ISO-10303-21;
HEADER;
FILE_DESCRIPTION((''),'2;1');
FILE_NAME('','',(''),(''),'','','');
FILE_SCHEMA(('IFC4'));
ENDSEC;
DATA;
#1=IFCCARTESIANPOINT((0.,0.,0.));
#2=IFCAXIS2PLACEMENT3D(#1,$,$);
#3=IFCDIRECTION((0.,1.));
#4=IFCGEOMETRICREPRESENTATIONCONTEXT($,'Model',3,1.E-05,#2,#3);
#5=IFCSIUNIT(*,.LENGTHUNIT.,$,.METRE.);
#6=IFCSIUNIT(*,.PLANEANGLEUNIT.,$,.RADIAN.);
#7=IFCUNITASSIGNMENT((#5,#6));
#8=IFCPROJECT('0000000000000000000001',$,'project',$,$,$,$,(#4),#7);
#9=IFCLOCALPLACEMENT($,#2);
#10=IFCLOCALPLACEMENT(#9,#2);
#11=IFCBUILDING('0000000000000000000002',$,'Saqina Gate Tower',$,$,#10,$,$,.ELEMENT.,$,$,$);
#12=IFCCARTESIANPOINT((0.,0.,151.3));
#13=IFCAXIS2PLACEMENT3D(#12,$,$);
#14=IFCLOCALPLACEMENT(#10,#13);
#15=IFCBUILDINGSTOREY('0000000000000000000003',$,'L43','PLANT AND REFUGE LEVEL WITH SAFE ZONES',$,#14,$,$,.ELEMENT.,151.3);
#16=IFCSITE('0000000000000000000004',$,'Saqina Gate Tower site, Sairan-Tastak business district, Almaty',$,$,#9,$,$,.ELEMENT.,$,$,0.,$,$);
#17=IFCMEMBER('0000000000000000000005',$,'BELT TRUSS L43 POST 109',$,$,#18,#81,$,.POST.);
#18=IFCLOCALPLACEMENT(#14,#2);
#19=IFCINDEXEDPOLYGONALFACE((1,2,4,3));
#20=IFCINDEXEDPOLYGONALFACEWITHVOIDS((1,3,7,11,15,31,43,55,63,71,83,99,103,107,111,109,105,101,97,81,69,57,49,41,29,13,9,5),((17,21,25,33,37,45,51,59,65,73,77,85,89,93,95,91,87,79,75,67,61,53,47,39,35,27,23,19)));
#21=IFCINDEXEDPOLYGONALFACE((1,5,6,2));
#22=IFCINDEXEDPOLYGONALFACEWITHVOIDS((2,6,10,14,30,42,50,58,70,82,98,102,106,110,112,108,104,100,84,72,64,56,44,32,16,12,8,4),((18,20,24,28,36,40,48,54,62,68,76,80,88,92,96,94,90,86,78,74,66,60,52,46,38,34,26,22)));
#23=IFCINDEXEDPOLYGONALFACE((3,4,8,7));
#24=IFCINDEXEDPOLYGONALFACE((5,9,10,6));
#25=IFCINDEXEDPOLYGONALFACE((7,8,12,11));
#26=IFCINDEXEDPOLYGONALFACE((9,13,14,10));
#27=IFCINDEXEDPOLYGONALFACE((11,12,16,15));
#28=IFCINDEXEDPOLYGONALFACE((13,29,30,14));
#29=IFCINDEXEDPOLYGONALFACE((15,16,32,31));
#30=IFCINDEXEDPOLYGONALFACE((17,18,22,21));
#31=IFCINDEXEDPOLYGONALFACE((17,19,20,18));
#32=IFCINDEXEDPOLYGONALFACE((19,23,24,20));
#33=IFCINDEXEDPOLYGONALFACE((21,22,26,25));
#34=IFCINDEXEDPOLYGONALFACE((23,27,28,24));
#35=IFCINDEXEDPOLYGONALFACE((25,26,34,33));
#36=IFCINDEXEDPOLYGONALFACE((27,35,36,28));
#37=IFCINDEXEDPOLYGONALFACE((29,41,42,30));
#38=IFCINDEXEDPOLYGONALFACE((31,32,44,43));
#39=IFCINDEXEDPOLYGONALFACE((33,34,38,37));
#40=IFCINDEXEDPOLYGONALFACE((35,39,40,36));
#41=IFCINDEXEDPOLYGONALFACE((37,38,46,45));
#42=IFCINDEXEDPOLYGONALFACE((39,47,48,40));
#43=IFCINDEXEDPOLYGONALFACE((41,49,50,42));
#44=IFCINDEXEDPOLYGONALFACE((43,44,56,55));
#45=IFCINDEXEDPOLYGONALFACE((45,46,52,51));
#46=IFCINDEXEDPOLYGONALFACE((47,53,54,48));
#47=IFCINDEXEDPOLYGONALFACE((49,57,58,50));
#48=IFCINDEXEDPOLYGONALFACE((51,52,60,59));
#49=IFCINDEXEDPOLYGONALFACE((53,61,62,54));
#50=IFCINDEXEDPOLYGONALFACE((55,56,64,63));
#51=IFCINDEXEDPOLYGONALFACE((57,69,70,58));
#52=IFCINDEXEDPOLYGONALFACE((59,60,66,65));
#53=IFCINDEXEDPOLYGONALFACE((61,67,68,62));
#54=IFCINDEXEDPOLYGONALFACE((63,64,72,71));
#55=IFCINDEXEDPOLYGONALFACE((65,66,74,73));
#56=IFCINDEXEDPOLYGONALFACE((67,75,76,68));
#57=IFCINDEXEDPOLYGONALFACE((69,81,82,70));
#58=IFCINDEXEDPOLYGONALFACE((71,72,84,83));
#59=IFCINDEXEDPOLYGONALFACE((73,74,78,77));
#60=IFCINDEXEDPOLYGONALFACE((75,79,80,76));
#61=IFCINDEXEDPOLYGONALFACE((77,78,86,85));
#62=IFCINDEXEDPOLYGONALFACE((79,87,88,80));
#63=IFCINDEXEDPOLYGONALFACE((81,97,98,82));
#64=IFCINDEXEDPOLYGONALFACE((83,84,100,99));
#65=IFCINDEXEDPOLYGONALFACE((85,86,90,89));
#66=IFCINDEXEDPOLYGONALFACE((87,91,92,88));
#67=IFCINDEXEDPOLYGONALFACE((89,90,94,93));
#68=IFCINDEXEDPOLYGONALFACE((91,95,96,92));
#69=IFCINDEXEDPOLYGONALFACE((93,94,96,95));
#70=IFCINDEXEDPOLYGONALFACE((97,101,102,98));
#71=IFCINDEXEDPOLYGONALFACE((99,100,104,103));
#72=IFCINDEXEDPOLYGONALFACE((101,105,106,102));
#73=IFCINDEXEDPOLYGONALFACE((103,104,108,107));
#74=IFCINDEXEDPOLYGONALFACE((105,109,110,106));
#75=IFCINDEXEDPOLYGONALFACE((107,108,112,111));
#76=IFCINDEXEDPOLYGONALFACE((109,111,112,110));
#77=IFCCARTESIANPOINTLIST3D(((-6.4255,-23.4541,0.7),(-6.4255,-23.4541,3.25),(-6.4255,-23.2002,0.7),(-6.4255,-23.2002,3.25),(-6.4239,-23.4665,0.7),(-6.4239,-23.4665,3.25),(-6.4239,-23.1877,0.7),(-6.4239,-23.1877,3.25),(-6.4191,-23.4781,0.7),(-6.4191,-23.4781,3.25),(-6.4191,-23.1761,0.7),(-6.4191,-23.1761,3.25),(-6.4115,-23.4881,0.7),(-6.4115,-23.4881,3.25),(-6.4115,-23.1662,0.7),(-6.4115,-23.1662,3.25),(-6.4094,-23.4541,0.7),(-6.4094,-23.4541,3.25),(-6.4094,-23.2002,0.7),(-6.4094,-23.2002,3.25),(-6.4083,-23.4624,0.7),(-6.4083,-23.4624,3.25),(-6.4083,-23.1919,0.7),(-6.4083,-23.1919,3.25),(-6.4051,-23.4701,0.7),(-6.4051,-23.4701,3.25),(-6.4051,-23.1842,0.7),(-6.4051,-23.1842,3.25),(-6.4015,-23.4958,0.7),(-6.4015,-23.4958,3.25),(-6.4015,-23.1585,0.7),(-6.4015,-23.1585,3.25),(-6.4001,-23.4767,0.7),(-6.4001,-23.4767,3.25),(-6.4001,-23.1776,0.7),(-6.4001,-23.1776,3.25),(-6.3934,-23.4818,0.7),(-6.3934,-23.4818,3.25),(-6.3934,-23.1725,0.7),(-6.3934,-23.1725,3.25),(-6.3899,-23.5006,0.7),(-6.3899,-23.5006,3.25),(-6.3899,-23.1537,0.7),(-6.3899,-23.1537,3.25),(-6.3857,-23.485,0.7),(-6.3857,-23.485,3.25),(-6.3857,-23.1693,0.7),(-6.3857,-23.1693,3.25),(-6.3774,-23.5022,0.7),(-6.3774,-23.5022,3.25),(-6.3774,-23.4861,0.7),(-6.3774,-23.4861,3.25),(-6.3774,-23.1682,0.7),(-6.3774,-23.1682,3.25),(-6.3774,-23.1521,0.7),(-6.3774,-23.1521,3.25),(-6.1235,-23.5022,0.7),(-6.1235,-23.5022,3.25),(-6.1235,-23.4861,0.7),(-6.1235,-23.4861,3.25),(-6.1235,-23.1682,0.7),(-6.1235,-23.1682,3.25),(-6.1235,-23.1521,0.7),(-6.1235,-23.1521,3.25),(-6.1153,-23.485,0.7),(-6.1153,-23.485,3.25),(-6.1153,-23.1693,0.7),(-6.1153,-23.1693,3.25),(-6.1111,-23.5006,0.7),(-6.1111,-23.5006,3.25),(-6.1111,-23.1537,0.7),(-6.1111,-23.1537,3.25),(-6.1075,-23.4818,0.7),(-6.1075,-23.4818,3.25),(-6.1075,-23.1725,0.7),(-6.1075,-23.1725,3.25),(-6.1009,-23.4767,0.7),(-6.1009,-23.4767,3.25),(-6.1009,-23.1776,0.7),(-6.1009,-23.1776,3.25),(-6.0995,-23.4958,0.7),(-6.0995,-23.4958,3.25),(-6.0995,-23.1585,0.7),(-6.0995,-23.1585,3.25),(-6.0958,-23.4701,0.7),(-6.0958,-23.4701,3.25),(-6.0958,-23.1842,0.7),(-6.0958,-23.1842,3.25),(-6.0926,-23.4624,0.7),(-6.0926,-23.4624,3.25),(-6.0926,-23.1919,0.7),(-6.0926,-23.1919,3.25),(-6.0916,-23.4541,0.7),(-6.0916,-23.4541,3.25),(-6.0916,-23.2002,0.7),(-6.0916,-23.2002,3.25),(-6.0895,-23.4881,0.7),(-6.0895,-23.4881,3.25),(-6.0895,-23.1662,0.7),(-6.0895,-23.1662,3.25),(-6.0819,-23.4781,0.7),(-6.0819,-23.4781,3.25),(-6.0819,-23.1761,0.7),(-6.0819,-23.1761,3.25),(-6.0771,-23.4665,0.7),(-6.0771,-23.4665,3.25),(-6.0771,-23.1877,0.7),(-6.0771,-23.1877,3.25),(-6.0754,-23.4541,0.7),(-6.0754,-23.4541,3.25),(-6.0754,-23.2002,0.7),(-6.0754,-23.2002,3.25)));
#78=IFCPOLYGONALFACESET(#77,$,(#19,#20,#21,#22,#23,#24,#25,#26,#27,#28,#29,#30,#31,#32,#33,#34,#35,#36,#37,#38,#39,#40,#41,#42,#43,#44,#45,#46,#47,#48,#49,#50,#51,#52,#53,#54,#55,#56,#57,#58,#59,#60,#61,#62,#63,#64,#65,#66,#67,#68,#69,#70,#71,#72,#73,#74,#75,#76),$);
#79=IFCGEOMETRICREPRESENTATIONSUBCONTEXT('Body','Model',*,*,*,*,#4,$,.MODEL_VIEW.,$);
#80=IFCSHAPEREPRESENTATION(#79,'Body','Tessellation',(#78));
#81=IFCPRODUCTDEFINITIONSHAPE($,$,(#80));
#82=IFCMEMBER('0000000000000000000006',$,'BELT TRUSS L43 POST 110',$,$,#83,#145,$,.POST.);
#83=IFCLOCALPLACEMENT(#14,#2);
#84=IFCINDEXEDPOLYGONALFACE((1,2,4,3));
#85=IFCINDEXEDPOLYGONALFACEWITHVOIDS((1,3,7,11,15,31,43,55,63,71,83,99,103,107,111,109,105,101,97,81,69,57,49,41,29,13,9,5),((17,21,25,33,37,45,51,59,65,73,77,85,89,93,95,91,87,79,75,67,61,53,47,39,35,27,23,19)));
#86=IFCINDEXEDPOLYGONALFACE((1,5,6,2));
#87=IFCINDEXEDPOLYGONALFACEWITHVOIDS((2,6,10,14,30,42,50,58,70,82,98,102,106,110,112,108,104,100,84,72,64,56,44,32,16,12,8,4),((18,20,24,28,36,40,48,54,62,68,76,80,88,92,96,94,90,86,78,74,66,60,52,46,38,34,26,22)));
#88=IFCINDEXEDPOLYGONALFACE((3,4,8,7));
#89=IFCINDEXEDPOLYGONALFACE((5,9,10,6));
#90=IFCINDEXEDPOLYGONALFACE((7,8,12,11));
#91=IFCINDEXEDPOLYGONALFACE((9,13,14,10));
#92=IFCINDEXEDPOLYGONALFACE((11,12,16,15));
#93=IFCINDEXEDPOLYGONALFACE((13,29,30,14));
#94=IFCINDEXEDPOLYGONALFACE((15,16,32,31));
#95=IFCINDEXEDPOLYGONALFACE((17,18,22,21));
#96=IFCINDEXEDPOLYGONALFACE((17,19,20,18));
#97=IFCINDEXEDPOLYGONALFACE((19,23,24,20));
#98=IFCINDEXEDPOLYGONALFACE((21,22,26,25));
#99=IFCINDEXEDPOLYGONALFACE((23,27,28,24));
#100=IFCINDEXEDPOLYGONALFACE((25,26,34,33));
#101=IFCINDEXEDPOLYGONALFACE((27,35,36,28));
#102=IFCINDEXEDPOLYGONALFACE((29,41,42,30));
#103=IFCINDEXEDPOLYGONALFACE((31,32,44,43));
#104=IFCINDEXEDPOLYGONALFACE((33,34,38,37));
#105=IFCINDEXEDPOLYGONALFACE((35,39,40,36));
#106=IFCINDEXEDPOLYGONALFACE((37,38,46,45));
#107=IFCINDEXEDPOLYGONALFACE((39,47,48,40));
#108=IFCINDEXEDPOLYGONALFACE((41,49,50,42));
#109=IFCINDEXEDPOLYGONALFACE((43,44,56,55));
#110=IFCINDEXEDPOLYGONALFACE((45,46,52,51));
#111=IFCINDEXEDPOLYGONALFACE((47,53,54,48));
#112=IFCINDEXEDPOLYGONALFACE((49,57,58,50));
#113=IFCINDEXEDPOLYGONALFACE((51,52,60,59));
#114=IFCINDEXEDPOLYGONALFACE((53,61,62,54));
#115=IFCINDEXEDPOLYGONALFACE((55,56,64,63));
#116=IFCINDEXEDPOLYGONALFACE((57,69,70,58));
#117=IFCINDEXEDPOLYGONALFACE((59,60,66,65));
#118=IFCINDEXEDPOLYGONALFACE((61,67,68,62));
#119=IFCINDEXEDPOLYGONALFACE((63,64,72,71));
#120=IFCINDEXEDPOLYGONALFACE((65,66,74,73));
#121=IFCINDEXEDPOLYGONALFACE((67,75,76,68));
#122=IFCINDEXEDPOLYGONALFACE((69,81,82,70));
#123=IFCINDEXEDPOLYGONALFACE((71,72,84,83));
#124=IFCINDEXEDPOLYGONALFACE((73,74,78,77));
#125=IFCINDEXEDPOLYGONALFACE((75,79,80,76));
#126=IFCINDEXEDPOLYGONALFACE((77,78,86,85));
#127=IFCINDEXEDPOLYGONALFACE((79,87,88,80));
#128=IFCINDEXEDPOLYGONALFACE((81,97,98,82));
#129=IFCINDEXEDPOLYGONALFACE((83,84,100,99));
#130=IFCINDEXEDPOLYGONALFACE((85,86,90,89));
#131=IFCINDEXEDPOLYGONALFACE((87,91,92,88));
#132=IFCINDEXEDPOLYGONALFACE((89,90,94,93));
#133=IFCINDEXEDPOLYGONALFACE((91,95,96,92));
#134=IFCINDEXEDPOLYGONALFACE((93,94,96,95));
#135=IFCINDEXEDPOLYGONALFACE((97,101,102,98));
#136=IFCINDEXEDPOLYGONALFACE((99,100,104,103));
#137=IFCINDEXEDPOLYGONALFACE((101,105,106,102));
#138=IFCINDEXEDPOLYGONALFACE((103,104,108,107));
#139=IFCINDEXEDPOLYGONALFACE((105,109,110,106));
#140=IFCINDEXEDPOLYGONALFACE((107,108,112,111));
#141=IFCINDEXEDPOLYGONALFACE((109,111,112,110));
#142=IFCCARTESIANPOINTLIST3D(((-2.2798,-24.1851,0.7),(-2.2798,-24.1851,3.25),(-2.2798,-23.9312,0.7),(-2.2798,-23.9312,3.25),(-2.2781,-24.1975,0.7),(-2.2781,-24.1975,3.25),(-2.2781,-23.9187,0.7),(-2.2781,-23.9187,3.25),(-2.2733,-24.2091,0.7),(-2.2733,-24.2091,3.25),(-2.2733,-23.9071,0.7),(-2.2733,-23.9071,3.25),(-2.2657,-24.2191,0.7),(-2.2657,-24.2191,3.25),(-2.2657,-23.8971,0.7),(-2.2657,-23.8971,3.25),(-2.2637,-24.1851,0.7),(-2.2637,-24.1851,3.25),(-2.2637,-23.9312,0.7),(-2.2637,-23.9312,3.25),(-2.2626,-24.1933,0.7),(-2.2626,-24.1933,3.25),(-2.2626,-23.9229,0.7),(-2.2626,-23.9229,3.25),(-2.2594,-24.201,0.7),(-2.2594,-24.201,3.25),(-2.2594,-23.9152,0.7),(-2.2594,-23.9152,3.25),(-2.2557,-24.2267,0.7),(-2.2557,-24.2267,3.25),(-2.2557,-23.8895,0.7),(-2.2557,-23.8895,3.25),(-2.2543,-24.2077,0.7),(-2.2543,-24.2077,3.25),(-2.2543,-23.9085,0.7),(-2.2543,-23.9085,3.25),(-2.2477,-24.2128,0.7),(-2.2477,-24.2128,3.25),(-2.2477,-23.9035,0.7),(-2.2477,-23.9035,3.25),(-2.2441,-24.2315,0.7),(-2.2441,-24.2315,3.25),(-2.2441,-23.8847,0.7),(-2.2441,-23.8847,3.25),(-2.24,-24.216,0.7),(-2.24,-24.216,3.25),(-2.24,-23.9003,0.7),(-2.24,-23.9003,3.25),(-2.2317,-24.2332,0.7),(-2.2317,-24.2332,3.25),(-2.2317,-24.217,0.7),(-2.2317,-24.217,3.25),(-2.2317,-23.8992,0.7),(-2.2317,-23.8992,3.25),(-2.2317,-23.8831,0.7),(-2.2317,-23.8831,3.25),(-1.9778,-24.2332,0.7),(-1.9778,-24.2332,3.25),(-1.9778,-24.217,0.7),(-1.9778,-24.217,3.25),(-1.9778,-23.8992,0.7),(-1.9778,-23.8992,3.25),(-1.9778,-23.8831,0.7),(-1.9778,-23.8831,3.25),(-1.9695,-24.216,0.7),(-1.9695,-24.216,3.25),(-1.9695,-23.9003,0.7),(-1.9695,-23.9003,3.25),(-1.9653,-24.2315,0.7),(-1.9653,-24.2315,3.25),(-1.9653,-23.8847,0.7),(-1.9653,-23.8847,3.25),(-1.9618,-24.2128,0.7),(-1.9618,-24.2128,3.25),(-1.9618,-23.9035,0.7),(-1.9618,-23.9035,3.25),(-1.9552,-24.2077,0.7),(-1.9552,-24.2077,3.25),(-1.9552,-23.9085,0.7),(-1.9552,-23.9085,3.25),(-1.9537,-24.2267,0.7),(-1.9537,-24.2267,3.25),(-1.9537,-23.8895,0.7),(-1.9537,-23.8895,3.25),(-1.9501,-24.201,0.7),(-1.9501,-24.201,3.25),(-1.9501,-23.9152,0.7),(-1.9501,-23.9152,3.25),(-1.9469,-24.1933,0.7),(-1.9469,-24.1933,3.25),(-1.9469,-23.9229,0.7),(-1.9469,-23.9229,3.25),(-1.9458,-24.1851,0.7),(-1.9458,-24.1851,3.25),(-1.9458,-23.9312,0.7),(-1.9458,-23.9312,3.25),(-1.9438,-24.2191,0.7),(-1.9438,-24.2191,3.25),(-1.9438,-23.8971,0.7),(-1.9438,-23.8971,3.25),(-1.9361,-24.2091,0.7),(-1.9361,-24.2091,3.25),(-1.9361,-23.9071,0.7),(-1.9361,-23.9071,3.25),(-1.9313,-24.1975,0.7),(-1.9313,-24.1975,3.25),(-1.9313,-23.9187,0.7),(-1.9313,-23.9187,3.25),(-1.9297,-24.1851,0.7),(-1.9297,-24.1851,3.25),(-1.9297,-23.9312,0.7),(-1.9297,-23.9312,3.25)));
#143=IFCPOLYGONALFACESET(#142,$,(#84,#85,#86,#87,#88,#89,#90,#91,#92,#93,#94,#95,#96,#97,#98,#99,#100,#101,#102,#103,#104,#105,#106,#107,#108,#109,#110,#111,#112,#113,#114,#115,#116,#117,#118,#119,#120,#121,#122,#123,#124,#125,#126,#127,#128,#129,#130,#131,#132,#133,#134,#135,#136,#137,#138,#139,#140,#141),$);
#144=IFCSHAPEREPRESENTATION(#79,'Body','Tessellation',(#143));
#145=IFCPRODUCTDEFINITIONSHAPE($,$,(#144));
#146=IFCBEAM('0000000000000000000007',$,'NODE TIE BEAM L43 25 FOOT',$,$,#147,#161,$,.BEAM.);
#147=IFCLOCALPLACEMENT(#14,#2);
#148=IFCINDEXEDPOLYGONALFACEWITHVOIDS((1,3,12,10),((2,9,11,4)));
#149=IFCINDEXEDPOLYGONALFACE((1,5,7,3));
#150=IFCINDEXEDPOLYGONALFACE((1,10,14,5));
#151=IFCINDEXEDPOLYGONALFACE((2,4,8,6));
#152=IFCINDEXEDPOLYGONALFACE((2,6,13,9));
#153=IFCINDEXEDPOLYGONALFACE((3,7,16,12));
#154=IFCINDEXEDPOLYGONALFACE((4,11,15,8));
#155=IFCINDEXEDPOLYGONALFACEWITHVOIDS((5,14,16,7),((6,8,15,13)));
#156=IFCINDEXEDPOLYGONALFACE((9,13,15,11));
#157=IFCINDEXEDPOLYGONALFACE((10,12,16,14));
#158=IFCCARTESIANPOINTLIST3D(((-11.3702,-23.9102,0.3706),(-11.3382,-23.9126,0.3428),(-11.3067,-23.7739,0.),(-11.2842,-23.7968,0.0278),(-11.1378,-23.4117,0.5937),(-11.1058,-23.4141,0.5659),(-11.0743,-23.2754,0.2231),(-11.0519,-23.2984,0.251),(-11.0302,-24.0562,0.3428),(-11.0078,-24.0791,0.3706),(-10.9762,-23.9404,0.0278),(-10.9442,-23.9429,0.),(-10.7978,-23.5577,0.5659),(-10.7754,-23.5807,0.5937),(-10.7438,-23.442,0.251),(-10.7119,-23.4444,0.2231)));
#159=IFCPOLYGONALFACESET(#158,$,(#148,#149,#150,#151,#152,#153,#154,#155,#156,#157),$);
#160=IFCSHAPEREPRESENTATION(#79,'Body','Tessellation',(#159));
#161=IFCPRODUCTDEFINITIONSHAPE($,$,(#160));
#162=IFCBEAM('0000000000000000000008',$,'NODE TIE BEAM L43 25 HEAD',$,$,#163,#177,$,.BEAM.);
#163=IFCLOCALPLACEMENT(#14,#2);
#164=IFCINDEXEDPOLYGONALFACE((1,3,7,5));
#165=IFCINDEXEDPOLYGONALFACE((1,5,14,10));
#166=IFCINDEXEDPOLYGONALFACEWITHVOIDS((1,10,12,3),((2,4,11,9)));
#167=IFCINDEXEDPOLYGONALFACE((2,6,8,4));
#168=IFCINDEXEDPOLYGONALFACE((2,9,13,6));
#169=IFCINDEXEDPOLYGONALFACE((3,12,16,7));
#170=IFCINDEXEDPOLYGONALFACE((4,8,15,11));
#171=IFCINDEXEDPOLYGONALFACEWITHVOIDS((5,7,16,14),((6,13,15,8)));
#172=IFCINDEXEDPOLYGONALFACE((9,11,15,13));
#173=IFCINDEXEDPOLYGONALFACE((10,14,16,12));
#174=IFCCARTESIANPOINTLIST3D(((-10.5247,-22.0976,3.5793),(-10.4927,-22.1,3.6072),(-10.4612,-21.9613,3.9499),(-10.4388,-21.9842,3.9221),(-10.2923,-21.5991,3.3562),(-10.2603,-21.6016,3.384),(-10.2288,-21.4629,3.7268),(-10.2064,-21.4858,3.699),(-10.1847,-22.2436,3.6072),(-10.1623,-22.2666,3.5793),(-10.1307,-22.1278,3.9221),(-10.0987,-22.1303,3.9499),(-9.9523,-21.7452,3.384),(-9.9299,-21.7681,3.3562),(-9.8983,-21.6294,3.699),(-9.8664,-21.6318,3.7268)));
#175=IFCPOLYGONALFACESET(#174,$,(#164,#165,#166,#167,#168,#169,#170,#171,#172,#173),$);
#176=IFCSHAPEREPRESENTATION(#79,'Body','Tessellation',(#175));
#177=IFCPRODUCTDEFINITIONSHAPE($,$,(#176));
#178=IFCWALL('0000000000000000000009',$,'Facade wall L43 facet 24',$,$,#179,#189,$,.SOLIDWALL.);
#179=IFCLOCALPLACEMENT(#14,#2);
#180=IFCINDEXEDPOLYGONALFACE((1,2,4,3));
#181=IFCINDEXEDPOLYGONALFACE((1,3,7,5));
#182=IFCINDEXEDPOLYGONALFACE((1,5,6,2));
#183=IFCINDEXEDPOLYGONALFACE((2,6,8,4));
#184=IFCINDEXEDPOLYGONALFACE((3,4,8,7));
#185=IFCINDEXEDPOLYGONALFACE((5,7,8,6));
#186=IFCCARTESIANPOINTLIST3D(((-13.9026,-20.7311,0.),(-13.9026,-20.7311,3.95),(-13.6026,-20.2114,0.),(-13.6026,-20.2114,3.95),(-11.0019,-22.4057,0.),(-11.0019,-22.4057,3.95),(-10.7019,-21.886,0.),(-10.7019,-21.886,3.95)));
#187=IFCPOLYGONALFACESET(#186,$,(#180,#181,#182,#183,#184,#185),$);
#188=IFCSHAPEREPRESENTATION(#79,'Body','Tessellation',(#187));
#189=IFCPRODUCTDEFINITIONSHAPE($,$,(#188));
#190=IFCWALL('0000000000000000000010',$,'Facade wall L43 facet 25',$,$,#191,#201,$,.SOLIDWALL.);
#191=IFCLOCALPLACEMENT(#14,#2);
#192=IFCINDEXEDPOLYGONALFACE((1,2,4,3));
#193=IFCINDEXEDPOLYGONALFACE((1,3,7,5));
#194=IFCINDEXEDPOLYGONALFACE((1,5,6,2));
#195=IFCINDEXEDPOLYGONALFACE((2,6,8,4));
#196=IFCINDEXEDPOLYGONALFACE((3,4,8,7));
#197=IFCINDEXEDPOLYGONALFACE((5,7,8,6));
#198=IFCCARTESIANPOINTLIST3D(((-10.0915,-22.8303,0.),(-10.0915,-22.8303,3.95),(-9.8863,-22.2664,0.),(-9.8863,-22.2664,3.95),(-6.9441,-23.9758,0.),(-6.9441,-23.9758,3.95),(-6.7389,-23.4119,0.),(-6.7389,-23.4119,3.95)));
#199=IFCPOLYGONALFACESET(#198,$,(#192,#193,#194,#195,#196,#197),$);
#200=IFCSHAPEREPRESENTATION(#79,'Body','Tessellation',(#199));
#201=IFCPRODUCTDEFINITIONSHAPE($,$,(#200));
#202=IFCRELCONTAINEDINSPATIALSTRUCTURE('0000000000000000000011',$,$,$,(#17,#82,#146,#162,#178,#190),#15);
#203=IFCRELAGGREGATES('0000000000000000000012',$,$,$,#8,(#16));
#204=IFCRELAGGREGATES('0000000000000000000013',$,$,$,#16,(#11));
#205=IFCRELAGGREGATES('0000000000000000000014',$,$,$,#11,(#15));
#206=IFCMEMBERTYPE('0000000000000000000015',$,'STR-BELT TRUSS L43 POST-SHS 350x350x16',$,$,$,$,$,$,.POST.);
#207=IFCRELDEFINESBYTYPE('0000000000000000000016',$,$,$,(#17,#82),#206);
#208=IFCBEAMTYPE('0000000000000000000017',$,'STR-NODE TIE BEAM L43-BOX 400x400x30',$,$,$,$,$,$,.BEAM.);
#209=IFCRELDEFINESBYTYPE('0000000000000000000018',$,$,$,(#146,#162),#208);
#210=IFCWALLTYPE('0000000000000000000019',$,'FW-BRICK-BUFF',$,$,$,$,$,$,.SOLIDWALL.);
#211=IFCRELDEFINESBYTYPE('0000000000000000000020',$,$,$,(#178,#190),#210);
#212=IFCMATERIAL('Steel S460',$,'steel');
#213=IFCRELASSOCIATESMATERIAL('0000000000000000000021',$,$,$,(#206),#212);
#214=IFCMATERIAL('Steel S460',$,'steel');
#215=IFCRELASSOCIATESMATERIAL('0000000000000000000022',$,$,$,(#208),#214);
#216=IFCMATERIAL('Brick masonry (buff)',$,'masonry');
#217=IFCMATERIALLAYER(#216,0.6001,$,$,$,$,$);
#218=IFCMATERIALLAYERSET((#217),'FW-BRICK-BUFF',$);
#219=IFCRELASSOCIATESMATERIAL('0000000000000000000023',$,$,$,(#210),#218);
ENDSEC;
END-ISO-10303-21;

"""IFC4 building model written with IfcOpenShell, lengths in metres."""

from ifc_helpers import new_model, si_unit, direction, frame, frame_2d, origin, origin_2d, place, context, subcontext, project, spatial, rectangle, hollow_rectangle, extrude, material, layer, layer_set, material_profile, profile_set, type_object, element, save


model = new_model("IFC4")

# Units and contexts
model_context = context("Model", 3, precision=1e-05, world=origin(), true_north=direction((0.0, 1.0)))
body_context = subcontext(model_context, "Body", "Model", "MODEL_VIEW")
ifc_project = project(units=[si_unit("LENGTHUNIT", "METRE"), si_unit("PLANEANGLEUNIT", "RADIAN")], contexts=[model_context])

# Site, building, storey
site_placement = place(None, origin())
site = spatial("IfcSite", under=ifc_project, at=site_placement, Name="Saqina Gate Tower site, Sairan-Tastak business district, Almaty", CompositionType="ELEMENT", RefElevation=0.0)
building_placement = place(site_placement, origin())
building = spatial("IfcBuilding", under=site, at=building_placement, Name="Saqina Gate Tower", CompositionType="ELEMENT")
storey_placement = place(building_placement, frame((0.0, 0.0, 151.3)))
storey = spatial("IfcBuildingStorey", under=building, at=storey_placement, Name="L43", Description="PLANT AND REFUGE LEVEL WITH SAFE ZONES", CompositionType="ELEMENT", Elevation=151.3)

# Members
ifc_material_1 = material(Name="Steel S460", Category="steel")
ifc_material_profile_1 = material_profile(ifc_material_1, hollow_rectangle(XDim=0.3501, YDim=0.3501, WallThickness=0.0161, InnerFilletRadius=0.032, OuterFilletRadius=0.0481, at=origin_2d()), Name="SHS 350x350x16")
ifc_profile_set_1 = profile_set([ifc_material_profile_1], Name="Steel S460")
member_type_1 = type_object("IfcMemberType", Name="STR-BELT TRUSS L43 POST-SHS 350x350x16", PredefinedType="POST", material=ifc_profile_set_1)
for number, where, z_axis, x_axis, name in (
    (1, (-6.2505, -23.3271, 0.7), (0.0, 0.0, 1.0), (1.0, 0.0, 0.0), "BELT TRUSS L43 POST 109"),
    (2, (-2.1047, -24.0581, 0.7), (0.0, 0.0, 1.0), (1.0, 0.0, 0.0), "BELT TRUSS L43 POST 110"),
):
    element("IfcMember", number, at=place(storey_placement, frame(where, z_axis=z_axis, x_axis=x_axis)), inside=storey, type_object=member_type_1, Name=name, PredefinedType="POST", context=body_context, shape_type="SweptSolid", body=[
        extrude(hollow_rectangle(XDim=0.3501, YDim=0.3501, WallThickness=0.0161, InnerFilletRadius=0.032, OuterFilletRadius=0.0481, at=origin_2d()), origin(), (0.0, 0.0, 1.0), 2.55),
    ])

# Beams
ifc_material_2 = material(Name="Steel S460", Category="steel")
ifc_material_profile_2 = material_profile(ifc_material_2, hollow_rectangle(XDim=0.3999, YDim=0.3999, WallThickness=0.03, at=origin_2d()), Name="BOX 400x400x30")
ifc_profile_set_2 = profile_set([ifc_material_profile_2], Name="Steel S460")
beam_type = type_object("IfcBeamType", Name="STR-NODE TIE BEAM L43-BOX 400x400x30", PredefinedType="BEAM", material=ifc_profile_set_2)
for number, where, z_axis, x_axis, name in (
    (3, (-11.1572, -23.9265, 0.1853), (0.391552, 0.839863, 0.375923), (-0.906342, 0.422545, 0.0), "NODE TIE BEAM L43 25 FOOT"),
    (4, (-10.0793, -21.6155, 3.5415), (-0.391552, -0.839863, 0.375923), (0.906342, -0.422545, 0.0), "NODE TIE BEAM L43 25 HEAD"),
):
    element("IfcBeam", number, at=place(storey_placement, frame(where, z_axis=z_axis, x_axis=x_axis)), inside=storey, type_object=beam_type, Name=name, PredefinedType="BEAM", context=body_context, shape_type="SweptSolid", body=[
        extrude(hollow_rectangle(XDim=0.3999, YDim=0.3999, WallThickness=0.03, at=origin_2d()), origin(), (0.0, 0.0, 1.0), 0.5935),
    ])

# Walls
ifc_material_3 = material(Name="Brick masonry (buff)", Category="masonry")
ifc_layer_1 = layer(ifc_material_3, 0.6001)
ifc_layer_set_1 = layer_set([ifc_layer_1], Name="FW-BRICK-BUFF")
wall_type_1 = type_object("IfcWallType", Name="FW-BRICK-BUFF", PredefinedType="SOLIDWALL", material=ifc_layer_set_1)
for number, where, z_axis, x_axis, name in (
    (5, (-13.7527, -20.4712, 0.0), (0.0, 0.0, 1.0), (0.866041, -0.499973, 0.0), "Facade wall L43 facet 24"),
    (6, (-9.989, -22.5483, 0.0), (0.0, 0.0, 1.0), (0.9397, -0.342001, 0.0), "Facade wall L43 facet 25"),
):
    element("IfcWall", number, at=place(storey_placement, frame(where, z_axis=z_axis, x_axis=x_axis)), inside=storey, type_object=wall_type_1, Name=name, PredefinedType="SOLIDWALL", context=body_context, shape_type="SweptSolid", body=[
        extrude(rectangle(XDim=3.3494, YDim=0.6001, at=frame_2d((1.6748, 0.0))), origin(), (0.0, 0.0, 1.0), 3.95),
    ])

save(model, "model.ifc")
